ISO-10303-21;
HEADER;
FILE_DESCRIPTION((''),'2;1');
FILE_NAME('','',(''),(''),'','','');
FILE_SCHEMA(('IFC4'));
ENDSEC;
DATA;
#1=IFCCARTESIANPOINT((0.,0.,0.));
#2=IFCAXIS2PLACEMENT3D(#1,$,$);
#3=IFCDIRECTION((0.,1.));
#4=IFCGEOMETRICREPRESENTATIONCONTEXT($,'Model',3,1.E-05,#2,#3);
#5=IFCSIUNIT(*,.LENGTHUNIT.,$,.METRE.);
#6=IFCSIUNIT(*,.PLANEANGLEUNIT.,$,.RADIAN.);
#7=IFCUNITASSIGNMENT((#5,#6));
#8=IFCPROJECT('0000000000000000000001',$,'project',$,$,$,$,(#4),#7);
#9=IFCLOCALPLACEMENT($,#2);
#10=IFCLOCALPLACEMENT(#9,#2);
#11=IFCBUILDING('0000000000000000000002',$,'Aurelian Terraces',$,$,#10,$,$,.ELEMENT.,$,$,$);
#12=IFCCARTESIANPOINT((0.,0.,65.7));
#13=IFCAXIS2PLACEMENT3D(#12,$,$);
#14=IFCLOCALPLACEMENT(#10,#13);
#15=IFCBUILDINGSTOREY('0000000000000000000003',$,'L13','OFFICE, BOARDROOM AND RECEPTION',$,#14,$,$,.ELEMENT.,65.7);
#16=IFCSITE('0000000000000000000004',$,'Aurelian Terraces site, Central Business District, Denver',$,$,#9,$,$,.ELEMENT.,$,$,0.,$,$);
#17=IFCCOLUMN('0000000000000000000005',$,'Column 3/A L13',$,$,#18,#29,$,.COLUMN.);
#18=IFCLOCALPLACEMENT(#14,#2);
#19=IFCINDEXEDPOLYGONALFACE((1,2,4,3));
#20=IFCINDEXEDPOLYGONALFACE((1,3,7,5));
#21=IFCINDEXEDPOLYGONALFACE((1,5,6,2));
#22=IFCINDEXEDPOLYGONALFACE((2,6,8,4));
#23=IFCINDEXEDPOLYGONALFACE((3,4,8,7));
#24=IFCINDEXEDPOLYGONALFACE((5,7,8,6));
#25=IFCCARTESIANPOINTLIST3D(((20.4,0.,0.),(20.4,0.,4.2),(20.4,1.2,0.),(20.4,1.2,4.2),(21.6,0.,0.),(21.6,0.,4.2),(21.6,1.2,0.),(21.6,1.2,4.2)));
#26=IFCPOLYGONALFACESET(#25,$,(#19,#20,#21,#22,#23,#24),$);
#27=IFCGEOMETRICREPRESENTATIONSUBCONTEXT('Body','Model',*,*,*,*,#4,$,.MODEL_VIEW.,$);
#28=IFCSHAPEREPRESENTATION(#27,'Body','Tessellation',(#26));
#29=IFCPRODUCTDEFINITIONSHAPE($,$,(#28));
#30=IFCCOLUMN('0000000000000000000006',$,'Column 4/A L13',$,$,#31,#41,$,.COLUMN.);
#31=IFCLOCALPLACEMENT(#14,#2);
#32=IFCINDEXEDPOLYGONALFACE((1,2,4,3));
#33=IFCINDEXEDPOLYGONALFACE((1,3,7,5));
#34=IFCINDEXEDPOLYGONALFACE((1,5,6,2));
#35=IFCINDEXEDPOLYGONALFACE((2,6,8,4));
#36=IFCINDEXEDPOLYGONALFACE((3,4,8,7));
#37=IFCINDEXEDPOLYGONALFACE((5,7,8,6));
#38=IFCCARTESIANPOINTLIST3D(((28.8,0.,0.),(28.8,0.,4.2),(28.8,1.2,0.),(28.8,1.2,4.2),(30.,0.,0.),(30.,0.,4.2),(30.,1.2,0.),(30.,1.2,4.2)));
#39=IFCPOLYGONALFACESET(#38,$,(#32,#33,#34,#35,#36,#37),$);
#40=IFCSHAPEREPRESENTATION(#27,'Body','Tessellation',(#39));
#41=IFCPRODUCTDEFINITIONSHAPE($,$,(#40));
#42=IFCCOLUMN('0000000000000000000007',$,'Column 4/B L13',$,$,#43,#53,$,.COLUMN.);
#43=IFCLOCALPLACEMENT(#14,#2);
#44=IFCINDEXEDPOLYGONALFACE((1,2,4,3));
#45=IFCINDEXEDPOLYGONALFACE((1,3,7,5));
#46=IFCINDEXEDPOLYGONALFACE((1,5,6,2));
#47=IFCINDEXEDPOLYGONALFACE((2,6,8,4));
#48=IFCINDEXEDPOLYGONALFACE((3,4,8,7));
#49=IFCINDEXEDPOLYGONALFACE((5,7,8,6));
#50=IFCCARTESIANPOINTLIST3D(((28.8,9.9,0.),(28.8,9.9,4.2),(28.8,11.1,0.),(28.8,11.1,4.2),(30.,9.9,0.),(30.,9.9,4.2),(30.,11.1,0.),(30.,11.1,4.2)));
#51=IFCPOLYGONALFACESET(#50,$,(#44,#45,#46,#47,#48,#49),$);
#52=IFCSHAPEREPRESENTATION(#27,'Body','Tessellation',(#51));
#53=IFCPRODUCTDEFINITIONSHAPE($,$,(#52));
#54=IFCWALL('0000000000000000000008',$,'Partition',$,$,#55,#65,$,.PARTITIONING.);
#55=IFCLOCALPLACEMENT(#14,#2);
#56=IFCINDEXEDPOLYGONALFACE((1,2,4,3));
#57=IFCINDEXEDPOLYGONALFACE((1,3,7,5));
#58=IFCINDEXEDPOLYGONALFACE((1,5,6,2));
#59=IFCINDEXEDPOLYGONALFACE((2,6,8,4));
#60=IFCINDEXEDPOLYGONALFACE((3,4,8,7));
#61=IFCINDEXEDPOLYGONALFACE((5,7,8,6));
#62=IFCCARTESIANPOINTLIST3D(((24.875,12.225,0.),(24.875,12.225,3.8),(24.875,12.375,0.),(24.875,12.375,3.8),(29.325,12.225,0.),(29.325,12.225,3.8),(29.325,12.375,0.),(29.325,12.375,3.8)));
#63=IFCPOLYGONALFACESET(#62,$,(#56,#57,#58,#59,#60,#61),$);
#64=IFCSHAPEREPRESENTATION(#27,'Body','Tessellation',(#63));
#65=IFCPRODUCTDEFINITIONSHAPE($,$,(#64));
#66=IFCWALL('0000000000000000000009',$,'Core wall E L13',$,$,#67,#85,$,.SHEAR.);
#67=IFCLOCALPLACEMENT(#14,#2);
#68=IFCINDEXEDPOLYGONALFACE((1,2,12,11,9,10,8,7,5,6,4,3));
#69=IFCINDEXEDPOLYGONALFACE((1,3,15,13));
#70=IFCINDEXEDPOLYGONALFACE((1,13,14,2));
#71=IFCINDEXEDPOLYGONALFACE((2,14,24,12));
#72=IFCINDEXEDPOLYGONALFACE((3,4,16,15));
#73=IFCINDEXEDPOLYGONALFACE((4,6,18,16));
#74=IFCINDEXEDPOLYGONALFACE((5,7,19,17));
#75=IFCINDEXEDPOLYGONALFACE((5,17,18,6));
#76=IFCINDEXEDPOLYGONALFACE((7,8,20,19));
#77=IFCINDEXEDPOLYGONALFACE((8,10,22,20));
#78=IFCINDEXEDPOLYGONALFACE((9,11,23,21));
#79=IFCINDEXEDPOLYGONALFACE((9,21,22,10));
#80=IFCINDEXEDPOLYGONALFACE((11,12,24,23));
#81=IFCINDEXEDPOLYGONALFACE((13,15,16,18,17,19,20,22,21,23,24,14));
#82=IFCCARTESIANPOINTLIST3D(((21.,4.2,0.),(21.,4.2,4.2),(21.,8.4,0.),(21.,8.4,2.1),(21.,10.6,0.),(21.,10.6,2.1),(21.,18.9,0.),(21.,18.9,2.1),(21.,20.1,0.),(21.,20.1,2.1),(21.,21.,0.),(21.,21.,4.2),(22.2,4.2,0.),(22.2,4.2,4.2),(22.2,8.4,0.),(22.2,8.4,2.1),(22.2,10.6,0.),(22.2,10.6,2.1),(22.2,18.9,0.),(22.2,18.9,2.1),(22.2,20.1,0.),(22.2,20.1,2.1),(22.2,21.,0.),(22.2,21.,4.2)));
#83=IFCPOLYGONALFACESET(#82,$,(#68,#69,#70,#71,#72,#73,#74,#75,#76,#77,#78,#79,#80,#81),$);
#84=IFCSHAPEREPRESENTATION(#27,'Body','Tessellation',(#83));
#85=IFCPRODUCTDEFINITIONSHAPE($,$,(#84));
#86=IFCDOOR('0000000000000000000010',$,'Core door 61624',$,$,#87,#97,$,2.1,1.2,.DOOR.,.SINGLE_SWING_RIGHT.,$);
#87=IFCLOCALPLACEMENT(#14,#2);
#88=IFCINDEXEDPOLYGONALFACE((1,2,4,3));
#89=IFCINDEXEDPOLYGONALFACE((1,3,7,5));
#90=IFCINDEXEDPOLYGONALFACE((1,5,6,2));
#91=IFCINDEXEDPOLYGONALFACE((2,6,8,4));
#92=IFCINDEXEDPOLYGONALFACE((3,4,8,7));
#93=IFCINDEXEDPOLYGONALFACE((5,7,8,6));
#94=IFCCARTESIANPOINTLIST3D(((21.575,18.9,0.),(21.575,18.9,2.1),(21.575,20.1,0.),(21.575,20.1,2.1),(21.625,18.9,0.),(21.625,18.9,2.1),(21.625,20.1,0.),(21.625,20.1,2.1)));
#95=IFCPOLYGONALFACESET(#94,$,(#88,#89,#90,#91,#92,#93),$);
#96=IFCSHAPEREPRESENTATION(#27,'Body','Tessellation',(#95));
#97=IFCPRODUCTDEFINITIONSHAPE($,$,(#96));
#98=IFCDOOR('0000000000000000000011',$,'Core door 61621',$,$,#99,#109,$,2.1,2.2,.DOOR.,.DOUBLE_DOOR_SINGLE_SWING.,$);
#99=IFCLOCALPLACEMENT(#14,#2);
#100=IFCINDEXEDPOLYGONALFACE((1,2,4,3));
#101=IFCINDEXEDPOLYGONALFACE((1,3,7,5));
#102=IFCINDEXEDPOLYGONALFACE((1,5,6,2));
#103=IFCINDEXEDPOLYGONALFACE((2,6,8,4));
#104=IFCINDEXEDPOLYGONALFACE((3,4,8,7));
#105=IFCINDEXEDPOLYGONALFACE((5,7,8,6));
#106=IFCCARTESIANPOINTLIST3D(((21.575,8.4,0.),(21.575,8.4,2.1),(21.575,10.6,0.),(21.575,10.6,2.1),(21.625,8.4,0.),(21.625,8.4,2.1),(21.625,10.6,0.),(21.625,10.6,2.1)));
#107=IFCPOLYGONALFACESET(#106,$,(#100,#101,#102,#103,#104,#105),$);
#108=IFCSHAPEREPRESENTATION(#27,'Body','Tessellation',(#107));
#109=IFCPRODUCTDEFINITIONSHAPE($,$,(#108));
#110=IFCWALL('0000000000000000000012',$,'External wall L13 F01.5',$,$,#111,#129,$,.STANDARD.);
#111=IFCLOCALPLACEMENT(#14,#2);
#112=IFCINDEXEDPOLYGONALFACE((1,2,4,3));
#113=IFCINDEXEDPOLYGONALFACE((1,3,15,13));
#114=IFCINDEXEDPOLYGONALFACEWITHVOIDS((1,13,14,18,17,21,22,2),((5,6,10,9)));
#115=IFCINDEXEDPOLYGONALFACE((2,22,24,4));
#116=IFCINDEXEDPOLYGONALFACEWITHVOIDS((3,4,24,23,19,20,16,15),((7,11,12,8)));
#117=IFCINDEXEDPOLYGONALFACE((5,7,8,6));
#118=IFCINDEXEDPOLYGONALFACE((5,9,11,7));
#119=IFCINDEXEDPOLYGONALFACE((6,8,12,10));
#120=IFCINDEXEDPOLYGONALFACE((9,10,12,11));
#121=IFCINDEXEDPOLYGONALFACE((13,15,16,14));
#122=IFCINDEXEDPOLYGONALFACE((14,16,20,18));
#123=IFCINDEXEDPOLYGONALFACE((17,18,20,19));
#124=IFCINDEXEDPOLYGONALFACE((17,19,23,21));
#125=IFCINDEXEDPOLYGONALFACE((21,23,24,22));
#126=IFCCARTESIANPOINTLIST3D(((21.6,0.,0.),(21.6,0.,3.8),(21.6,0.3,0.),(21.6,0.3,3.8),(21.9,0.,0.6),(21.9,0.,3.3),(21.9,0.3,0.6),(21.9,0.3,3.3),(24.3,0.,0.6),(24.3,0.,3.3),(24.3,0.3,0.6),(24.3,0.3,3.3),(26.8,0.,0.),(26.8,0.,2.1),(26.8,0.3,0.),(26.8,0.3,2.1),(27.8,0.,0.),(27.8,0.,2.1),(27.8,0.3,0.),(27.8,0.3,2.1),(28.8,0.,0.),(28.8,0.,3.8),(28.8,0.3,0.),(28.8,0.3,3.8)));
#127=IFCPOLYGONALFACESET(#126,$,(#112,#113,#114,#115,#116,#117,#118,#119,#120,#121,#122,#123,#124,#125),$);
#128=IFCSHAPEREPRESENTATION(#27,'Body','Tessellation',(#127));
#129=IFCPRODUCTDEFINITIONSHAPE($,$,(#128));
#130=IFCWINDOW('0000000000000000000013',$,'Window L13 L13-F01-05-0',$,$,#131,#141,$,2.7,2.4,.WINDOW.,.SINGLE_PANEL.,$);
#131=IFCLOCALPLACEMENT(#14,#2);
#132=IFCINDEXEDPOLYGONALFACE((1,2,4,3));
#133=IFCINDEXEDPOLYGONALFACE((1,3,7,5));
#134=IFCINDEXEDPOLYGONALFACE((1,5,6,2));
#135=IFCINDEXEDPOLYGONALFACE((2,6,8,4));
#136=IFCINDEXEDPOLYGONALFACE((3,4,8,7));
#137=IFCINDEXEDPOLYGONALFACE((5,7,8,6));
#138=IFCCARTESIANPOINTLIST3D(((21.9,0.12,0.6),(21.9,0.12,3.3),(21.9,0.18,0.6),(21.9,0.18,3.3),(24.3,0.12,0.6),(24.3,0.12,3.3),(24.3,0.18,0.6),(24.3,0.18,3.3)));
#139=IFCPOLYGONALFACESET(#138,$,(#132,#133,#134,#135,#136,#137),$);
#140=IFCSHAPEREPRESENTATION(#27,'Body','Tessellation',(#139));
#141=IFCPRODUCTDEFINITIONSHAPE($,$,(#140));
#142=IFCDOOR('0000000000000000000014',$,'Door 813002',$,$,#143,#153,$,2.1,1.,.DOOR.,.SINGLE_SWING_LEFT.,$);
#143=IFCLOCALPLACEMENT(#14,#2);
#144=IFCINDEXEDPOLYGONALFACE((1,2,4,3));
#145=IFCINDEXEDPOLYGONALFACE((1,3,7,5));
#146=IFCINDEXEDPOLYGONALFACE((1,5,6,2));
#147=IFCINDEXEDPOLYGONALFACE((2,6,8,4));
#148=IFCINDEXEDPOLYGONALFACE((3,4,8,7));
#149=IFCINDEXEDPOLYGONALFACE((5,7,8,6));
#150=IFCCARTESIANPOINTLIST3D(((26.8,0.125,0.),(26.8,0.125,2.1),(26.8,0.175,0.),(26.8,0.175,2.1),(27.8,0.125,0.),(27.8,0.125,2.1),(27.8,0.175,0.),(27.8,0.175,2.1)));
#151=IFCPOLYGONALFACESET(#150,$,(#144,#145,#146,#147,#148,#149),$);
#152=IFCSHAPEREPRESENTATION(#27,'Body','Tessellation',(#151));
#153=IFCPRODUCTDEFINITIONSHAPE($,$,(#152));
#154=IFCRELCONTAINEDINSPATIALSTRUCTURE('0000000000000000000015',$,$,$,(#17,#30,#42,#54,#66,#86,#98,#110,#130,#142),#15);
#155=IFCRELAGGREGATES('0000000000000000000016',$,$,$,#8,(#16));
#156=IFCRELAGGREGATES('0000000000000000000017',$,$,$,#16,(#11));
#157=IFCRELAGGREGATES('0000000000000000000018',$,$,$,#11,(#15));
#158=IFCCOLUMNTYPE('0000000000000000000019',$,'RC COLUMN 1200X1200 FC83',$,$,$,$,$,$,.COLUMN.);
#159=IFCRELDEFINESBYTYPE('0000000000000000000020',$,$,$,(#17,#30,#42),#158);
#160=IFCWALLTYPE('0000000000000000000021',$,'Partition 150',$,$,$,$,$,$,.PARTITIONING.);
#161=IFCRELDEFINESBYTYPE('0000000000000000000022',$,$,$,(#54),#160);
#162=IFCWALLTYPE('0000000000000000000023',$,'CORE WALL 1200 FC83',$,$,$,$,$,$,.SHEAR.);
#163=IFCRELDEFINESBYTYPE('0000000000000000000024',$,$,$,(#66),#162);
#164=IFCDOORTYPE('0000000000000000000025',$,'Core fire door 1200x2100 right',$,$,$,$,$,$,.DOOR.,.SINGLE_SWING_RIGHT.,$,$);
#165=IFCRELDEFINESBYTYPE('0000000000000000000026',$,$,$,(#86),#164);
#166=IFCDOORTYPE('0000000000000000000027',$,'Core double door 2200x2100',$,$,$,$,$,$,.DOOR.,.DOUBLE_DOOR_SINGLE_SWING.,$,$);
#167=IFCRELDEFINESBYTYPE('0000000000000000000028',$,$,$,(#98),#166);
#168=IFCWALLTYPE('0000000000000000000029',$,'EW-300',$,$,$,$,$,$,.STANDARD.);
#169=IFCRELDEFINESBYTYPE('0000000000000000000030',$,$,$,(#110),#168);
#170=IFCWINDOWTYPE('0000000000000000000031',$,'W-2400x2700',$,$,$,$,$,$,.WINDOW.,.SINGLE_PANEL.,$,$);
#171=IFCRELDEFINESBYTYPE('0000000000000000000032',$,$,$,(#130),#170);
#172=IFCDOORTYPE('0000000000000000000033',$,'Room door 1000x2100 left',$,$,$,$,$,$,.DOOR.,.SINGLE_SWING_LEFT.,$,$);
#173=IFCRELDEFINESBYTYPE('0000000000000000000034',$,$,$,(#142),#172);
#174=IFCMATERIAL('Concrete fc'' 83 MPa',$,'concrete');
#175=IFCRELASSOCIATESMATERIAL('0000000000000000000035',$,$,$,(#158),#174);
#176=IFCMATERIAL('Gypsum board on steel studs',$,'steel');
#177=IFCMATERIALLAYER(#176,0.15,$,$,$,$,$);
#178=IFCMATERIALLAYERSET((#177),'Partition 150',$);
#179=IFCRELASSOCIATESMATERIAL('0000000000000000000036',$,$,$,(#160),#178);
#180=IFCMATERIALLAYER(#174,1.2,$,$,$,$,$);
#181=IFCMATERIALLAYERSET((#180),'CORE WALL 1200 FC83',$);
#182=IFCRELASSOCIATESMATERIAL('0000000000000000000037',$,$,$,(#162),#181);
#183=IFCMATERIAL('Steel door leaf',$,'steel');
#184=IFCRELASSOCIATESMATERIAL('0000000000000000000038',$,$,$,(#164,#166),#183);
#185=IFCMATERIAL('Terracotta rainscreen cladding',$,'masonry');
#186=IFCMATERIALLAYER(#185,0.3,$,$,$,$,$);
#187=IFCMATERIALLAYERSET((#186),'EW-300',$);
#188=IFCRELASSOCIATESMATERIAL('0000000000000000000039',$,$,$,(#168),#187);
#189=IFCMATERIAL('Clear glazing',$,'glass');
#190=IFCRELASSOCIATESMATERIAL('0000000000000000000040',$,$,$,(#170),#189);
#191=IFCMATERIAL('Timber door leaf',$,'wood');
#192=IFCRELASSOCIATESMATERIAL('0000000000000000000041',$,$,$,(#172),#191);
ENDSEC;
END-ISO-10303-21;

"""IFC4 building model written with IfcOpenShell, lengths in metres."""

from ifc_helpers import new_model, si_unit, direction, frame, frame_2d, origin, origin_2d, place, context, subcontext, project, spatial, rectangle, extrude, source, transform, mapped, material, layer, layer_set, material_profile, profile_set, type_object, element, fill, save


model = new_model("IFC4")

# Units and contexts
model_context = context("Model", 3, precision=1e-05, world=origin(), true_north=direction((0.0, 1.0)))
body_context = subcontext(model_context, "Body", "Model", "MODEL_VIEW")
ifc_project = project(units=[si_unit("LENGTHUNIT", "METRE"), si_unit("PLANEANGLEUNIT", "RADIAN")], contexts=[model_context])

# Site, building, storey
site_placement = place(None, origin())
site = spatial("IfcSite", under=ifc_project, at=site_placement, Name="Aurelian Terraces site, Central Business District, Denver", CompositionType="ELEMENT", RefElevation=0.0)
building_placement = place(site_placement, origin())
building = spatial("IfcBuilding", under=site, at=building_placement, Name="Aurelian Terraces", CompositionType="ELEMENT")
storey_placement = place(building_placement, frame((0.0, 0.0, 65.7)))
storey = spatial("IfcBuildingStorey", under=building, at=storey_placement, Name="L13", Description="OFFICE, BOARDROOM AND RECEPTION", CompositionType="ELEMENT", Elevation=65.7)

# Columns
ifc_material_1 = material(Name="Concrete fc' 83 MPa", Category="concrete")
ifc_material_profile = material_profile(ifc_material_1, rectangle(XDim=1.2, YDim=1.2, at=origin_2d()))
ifc_profile_set = profile_set([ifc_material_profile], Name="Concrete fc' 83 MPa")
column_type = type_object("IfcColumnType", Name="RC COLUMN 1200X1200 FC83", PredefinedType="COLUMN", material=ifc_profile_set)
shared_shape_1 = source(origin(), body_context, "Body", "SweptSolid", [
    extrude(rectangle(XDim=1.2, YDim=1.2, at=origin_2d()), origin(), (0.0, 0.0, 1.0), 4.2),
])
for number, where, z_axis, x_axis, name in (
    (1, (21.0, 0.6, 0.0), (0.0, 0.0, 1.0), (1.0, 0.0, 0.0), "Column 3/A L13"),
    (2, (29.4, 0.6, 0.0), (0.0, 0.0, 1.0), (1.0, 0.0, 0.0), "Column 4/A L13"),
    (3, (29.4, 10.5, 0.0), (0.0, 0.0, 1.0), (1.0, 0.0, 0.0), "Column 4/B L13"),
):
    element("IfcColumn", number, at=place(storey_placement, frame(where, z_axis=z_axis, x_axis=x_axis)), inside=storey, type_object=column_type, Name=name, PredefinedType="COLUMN", context=body_context, shape_type="MappedRepresentation", body=[
        mapped(shared_shape_1, transform((0.0, 0.0, 0.0), scale=1.0)),
    ])

# Wall
ifc_material_2 = material(Name="Gypsum board on steel studs", Category="steel")
ifc_layer_1 = layer(ifc_material_2, 0.15)
ifc_layer_set_1 = layer_set([ifc_layer_1], Name="Partition 150")
wall_type_1 = type_object("IfcWallType", Name="Partition 150", PredefinedType="PARTITIONING", material=ifc_layer_set_1)
wall_1_placement = place(storey_placement, frame((29.325, 12.3, 0.0), z_axis=(0.0, 0.0, 1.0), x_axis=(-1.0, 0.0, 0.0)))
element("IfcWall", 4, at=wall_1_placement, inside=storey, type_object=wall_type_1, Name="Partition", PredefinedType="PARTITIONING", context=body_context, shape_type="SweptSolid", body=[
    extrude(rectangle(XDim=4.45, YDim=0.15, at=frame_2d((2.225, 0.0))), origin(), (0.0, 0.0, 1.0), 3.8),
])

# Wall, openings, doors
ifc_layer_2 = layer(ifc_material_1, 1.2)
ifc_layer_set_2 = layer_set([ifc_layer_2], Name="CORE WALL 1200 FC83")
wall_type_2 = type_object("IfcWallType", Name="CORE WALL 1200 FC83", PredefinedType="SHEAR", material=ifc_layer_set_2)
shared_shape_2 = source(origin(), body_context, "Body", "SweptSolid", [
    extrude(rectangle(XDim=16.8, YDim=1.2, at=frame_2d((8.4, 0.0))), origin(), (0.0, 0.0, 1.0), 4.2),
])
wall_2_placement = place(storey_placement, frame((21.6, 4.2, 0.0), z_axis=(0.0, 0.0, 1.0), x_axis=(0.0, 1.0, 0.0)))
wall_2 = element("IfcWall", 5, at=wall_2_placement, inside=storey, type_object=wall_type_2, Name="Core wall E L13", PredefinedType="SHEAR", context=body_context, shape_type="MappedRepresentation", body=[
    mapped(shared_shape_2, transform((0.0, 0.0, 0.0), scale=1.0)),
])
shared_shape_3 = source(origin(), body_context, "Body", "SweptSolid", [
    extrude(rectangle(XDim=2.2, YDim=2.1, at=frame_2d((1.1, 1.05))), frame((0.0, 0.61, 0.0), z_axis=(0.0, -1.0, 0.0), x_axis=(1.0, 0.0, 0.0)), (0.0, 0.0, 1.0), 1.22),
])
opening_1_placement = place(wall_2_placement, frame((4.2, 0.0, 0.0)))
opening_1 = element("IfcOpeningElement", 6, at=opening_1_placement, cuts=wall_2, PredefinedType="OPENING", context=body_context, shape_type="MappedRepresentation", body=[
    mapped(shared_shape_3, transform((0.0, 0.0, 0.0), scale=1.0)),
])
shared_shape_4 = source(origin(), body_context, "Body", "SweptSolid", [
    extrude(rectangle(XDim=1.2, YDim=2.1, at=frame_2d((0.6, 1.05))), frame((0.0, 0.61, 0.0), z_axis=(0.0, -1.0, 0.0), x_axis=(1.0, 0.0, 0.0)), (0.0, 0.0, 1.0), 1.22),
])
opening_2_placement = place(wall_2_placement, frame((14.7, 0.0, 0.0)))
opening_2 = element("IfcOpeningElement", 7, at=opening_2_placement, cuts=wall_2, PredefinedType="OPENING", context=body_context, shape_type="MappedRepresentation", body=[
    mapped(shared_shape_4, transform((0.0, 0.0, 0.0), scale=1.0)),
])
ifc_material_3 = material(Name="Steel door leaf", Category="steel")
door_type_1 = type_object("IfcDoorType", Name="Core fire door 1200x2100 right", OperationType="SINGLE_SWING_RIGHT", PredefinedType="DOOR", material=ifc_material_3)
shared_shape_5 = source(origin(), body_context, "Body", "SweptSolid", [
    extrude(rectangle(XDim=1.2, YDim=2.1, at=frame_2d((0.6, 1.05))), frame((0.0, 0.025, 0.0), z_axis=(0.0, -1.0, 0.0), x_axis=(1.0, 0.0, 0.0)), (0.0, 0.0, 1.0), 0.05),
])
door_1_placement = place(opening_2_placement, origin())
door_1 = element("IfcDoor", 8, at=door_1_placement, inside=storey, type_object=door_type_1, Name="Core door 61624", OperationType="SINGLE_SWING_RIGHT", OverallHeight=2.1, OverallWidth=1.2, PredefinedType="DOOR", context=body_context, shape_type="MappedRepresentation", body=[
    mapped(shared_shape_5, transform((0.0, 0.0, 0.0), scale=1.0)),
])
fill(opening_2, door_1)
door_type_2 = type_object("IfcDoorType", Name="Core double door 2200x2100", OperationType="DOUBLE_DOOR_SINGLE_SWING", PredefinedType="DOOR", material=ifc_material_3)
shared_shape_6 = source(origin(), body_context, "Body", "SweptSolid", [
    extrude(rectangle(XDim=2.2, YDim=2.1, at=frame_2d((1.1, 1.05))), frame((0.0, 0.025, 0.0), z_axis=(0.0, -1.0, 0.0), x_axis=(1.0, 0.0, 0.0)), (0.0, 0.0, 1.0), 0.05),
])
door_2_placement = place(opening_1_placement, origin())
door_2 = element("IfcDoor", 9, at=door_2_placement, inside=storey, type_object=door_type_2, Name="Core door 61621", OperationType="DOUBLE_DOOR_SINGLE_SWING", OverallHeight=2.1, OverallWidth=2.2, PredefinedType="DOOR", context=body_context, shape_type="MappedRepresentation", body=[
    mapped(shared_shape_6, transform((0.0, 0.0, 0.0), scale=1.0)),
])
fill(opening_1, door_2)

# Wall, openings, window, door
ifc_material_4 = material(Name="Terracotta rainscreen cladding", Category="masonry")
ifc_layer_3 = layer(ifc_material_4, 0.3)
ifc_layer_set_3 = layer_set([ifc_layer_3], Name="EW-300")
wall_type_3 = type_object("IfcWallType", Name="EW-300", PredefinedType="STANDARD", material=ifc_layer_set_3)
shared_shape_7 = source(origin(), body_context, "Body", "SweptSolid", [
    extrude(rectangle(XDim=7.2, YDim=0.3, at=frame_2d((3.6, 0.0))), origin(), (0.0, 0.0, 1.0), 3.8),
])
wall_3_placement = place(storey_placement, frame((21.6, 0.15, 0.0), z_axis=(0.0, 0.0, 1.0), x_axis=(1.0, 0.0, 0.0)))
wall_3 = element("IfcWall", 10, at=wall_3_placement, inside=storey, type_object=wall_type_3, Name="External wall L13 F01.5", PredefinedType="STANDARD", context=body_context, shape_type="MappedRepresentation", body=[
    mapped(shared_shape_7, transform((0.0, 0.0, 0.0), scale=1.0)),
])
shared_shape_8 = source(origin(), body_context, "Body", "SweptSolid", [
    extrude(rectangle(XDim=2.4, YDim=2.7, at=frame_2d((1.2, 1.35))), frame((0.0, 0.16, 0.0), z_axis=(0.0, -1.0, 0.0), x_axis=(1.0, 0.0, 0.0)), (0.0, 0.0, 1.0), 0.32),
])
opening_3_placement = place(wall_3_placement, frame((0.3, 0.0, 0.6)))
opening_3 = element("IfcOpeningElement", 11, at=opening_3_placement, cuts=wall_3, PredefinedType="OPENING", context=body_context, shape_type="MappedRepresentation", body=[
    mapped(shared_shape_8, transform((0.0, 0.0, 0.0), scale=1.0)),
])
shared_shape_9 = source(origin(), body_context, "Body", "SweptSolid", [
    extrude(rectangle(XDim=1.0, YDim=2.1, at=frame_2d((0.5, 1.05))), frame((0.0, 0.16, 0.0), z_axis=(0.0, -1.0, 0.0), x_axis=(1.0, 0.0, 0.0)), (0.0, 0.0, 1.0), 0.32),
])
opening_4_placement = place(wall_3_placement, frame((5.2, 0.0, 0.0)))
opening_4 = element("IfcOpeningElement", 12, at=opening_4_placement, cuts=wall_3, PredefinedType="OPENING", context=body_context, shape_type="MappedRepresentation", body=[
    mapped(shared_shape_9, transform((0.0, 0.0, 0.0), scale=1.0)),
])
ifc_material_5 = material(Name="Clear glazing", Category="glass")
window_type_1 = type_object("IfcWindowType", Name="W-2400x2700", PartitioningType="SINGLE_PANEL", PredefinedType="WINDOW", material=ifc_material_5)
shared_shape_10 = source(origin(), body_context, "Body", "SweptSolid", [
    extrude(rectangle(XDim=2.4, YDim=2.7, at=frame_2d((1.2, 1.35))), frame((0.0, 0.03, 0.0), z_axis=(0.0, -1.0, 0.0), x_axis=(1.0, 0.0, 0.0)), (0.0, 0.0, 1.0), 0.06),
])
window_1_placement = place(opening_3_placement, origin())
window_1 = element("IfcWindow", 13, at=window_1_placement, inside=storey, type_object=window_type_1, Name="Window L13 L13-F01-05-0", OverallHeight=2.7, OverallWidth=2.4, PartitioningType="SINGLE_PANEL", PredefinedType="WINDOW", context=body_context, shape_type="MappedRepresentation", body=[
    mapped(shared_shape_10, transform((0.0, 0.0, 0.0), scale=1.0)),
])
fill(opening_3, window_1)
ifc_material_6 = material(Name="Timber door leaf", Category="wood")
door_type_3 = type_object("IfcDoorType", Name="Room door 1000x2100 left", OperationType="SINGLE_SWING_LEFT", PredefinedType="DOOR", material=ifc_material_6)
shared_shape_11 = source(origin(), body_context, "Body", "SweptSolid", [
    extrude(rectangle(XDim=1.0, YDim=2.1, at=frame_2d((0.5, 1.05))), frame((0.0, 0.025, 0.0), z_axis=(0.0, -1.0, 0.0), x_axis=(1.0, 0.0, 0.0)), (0.0, 0.0, 1.0), 0.05),
])
door_3_placement = place(opening_4_placement, origin())
door_3 = element("IfcDoor", 14, at=door_3_placement, inside=storey, type_object=door_type_3, Name="Door 813002", OperationType="SINGLE_SWING_LEFT", OverallHeight=2.1, OverallWidth=1.0, PredefinedType="DOOR", context=body_context, shape_type="MappedRepresentation", body=[
    mapped(shared_shape_11, transform((0.0, 0.0, 0.0), scale=1.0)),
])
fill(opening_4, door_3)

save(model, "model.ifc")
